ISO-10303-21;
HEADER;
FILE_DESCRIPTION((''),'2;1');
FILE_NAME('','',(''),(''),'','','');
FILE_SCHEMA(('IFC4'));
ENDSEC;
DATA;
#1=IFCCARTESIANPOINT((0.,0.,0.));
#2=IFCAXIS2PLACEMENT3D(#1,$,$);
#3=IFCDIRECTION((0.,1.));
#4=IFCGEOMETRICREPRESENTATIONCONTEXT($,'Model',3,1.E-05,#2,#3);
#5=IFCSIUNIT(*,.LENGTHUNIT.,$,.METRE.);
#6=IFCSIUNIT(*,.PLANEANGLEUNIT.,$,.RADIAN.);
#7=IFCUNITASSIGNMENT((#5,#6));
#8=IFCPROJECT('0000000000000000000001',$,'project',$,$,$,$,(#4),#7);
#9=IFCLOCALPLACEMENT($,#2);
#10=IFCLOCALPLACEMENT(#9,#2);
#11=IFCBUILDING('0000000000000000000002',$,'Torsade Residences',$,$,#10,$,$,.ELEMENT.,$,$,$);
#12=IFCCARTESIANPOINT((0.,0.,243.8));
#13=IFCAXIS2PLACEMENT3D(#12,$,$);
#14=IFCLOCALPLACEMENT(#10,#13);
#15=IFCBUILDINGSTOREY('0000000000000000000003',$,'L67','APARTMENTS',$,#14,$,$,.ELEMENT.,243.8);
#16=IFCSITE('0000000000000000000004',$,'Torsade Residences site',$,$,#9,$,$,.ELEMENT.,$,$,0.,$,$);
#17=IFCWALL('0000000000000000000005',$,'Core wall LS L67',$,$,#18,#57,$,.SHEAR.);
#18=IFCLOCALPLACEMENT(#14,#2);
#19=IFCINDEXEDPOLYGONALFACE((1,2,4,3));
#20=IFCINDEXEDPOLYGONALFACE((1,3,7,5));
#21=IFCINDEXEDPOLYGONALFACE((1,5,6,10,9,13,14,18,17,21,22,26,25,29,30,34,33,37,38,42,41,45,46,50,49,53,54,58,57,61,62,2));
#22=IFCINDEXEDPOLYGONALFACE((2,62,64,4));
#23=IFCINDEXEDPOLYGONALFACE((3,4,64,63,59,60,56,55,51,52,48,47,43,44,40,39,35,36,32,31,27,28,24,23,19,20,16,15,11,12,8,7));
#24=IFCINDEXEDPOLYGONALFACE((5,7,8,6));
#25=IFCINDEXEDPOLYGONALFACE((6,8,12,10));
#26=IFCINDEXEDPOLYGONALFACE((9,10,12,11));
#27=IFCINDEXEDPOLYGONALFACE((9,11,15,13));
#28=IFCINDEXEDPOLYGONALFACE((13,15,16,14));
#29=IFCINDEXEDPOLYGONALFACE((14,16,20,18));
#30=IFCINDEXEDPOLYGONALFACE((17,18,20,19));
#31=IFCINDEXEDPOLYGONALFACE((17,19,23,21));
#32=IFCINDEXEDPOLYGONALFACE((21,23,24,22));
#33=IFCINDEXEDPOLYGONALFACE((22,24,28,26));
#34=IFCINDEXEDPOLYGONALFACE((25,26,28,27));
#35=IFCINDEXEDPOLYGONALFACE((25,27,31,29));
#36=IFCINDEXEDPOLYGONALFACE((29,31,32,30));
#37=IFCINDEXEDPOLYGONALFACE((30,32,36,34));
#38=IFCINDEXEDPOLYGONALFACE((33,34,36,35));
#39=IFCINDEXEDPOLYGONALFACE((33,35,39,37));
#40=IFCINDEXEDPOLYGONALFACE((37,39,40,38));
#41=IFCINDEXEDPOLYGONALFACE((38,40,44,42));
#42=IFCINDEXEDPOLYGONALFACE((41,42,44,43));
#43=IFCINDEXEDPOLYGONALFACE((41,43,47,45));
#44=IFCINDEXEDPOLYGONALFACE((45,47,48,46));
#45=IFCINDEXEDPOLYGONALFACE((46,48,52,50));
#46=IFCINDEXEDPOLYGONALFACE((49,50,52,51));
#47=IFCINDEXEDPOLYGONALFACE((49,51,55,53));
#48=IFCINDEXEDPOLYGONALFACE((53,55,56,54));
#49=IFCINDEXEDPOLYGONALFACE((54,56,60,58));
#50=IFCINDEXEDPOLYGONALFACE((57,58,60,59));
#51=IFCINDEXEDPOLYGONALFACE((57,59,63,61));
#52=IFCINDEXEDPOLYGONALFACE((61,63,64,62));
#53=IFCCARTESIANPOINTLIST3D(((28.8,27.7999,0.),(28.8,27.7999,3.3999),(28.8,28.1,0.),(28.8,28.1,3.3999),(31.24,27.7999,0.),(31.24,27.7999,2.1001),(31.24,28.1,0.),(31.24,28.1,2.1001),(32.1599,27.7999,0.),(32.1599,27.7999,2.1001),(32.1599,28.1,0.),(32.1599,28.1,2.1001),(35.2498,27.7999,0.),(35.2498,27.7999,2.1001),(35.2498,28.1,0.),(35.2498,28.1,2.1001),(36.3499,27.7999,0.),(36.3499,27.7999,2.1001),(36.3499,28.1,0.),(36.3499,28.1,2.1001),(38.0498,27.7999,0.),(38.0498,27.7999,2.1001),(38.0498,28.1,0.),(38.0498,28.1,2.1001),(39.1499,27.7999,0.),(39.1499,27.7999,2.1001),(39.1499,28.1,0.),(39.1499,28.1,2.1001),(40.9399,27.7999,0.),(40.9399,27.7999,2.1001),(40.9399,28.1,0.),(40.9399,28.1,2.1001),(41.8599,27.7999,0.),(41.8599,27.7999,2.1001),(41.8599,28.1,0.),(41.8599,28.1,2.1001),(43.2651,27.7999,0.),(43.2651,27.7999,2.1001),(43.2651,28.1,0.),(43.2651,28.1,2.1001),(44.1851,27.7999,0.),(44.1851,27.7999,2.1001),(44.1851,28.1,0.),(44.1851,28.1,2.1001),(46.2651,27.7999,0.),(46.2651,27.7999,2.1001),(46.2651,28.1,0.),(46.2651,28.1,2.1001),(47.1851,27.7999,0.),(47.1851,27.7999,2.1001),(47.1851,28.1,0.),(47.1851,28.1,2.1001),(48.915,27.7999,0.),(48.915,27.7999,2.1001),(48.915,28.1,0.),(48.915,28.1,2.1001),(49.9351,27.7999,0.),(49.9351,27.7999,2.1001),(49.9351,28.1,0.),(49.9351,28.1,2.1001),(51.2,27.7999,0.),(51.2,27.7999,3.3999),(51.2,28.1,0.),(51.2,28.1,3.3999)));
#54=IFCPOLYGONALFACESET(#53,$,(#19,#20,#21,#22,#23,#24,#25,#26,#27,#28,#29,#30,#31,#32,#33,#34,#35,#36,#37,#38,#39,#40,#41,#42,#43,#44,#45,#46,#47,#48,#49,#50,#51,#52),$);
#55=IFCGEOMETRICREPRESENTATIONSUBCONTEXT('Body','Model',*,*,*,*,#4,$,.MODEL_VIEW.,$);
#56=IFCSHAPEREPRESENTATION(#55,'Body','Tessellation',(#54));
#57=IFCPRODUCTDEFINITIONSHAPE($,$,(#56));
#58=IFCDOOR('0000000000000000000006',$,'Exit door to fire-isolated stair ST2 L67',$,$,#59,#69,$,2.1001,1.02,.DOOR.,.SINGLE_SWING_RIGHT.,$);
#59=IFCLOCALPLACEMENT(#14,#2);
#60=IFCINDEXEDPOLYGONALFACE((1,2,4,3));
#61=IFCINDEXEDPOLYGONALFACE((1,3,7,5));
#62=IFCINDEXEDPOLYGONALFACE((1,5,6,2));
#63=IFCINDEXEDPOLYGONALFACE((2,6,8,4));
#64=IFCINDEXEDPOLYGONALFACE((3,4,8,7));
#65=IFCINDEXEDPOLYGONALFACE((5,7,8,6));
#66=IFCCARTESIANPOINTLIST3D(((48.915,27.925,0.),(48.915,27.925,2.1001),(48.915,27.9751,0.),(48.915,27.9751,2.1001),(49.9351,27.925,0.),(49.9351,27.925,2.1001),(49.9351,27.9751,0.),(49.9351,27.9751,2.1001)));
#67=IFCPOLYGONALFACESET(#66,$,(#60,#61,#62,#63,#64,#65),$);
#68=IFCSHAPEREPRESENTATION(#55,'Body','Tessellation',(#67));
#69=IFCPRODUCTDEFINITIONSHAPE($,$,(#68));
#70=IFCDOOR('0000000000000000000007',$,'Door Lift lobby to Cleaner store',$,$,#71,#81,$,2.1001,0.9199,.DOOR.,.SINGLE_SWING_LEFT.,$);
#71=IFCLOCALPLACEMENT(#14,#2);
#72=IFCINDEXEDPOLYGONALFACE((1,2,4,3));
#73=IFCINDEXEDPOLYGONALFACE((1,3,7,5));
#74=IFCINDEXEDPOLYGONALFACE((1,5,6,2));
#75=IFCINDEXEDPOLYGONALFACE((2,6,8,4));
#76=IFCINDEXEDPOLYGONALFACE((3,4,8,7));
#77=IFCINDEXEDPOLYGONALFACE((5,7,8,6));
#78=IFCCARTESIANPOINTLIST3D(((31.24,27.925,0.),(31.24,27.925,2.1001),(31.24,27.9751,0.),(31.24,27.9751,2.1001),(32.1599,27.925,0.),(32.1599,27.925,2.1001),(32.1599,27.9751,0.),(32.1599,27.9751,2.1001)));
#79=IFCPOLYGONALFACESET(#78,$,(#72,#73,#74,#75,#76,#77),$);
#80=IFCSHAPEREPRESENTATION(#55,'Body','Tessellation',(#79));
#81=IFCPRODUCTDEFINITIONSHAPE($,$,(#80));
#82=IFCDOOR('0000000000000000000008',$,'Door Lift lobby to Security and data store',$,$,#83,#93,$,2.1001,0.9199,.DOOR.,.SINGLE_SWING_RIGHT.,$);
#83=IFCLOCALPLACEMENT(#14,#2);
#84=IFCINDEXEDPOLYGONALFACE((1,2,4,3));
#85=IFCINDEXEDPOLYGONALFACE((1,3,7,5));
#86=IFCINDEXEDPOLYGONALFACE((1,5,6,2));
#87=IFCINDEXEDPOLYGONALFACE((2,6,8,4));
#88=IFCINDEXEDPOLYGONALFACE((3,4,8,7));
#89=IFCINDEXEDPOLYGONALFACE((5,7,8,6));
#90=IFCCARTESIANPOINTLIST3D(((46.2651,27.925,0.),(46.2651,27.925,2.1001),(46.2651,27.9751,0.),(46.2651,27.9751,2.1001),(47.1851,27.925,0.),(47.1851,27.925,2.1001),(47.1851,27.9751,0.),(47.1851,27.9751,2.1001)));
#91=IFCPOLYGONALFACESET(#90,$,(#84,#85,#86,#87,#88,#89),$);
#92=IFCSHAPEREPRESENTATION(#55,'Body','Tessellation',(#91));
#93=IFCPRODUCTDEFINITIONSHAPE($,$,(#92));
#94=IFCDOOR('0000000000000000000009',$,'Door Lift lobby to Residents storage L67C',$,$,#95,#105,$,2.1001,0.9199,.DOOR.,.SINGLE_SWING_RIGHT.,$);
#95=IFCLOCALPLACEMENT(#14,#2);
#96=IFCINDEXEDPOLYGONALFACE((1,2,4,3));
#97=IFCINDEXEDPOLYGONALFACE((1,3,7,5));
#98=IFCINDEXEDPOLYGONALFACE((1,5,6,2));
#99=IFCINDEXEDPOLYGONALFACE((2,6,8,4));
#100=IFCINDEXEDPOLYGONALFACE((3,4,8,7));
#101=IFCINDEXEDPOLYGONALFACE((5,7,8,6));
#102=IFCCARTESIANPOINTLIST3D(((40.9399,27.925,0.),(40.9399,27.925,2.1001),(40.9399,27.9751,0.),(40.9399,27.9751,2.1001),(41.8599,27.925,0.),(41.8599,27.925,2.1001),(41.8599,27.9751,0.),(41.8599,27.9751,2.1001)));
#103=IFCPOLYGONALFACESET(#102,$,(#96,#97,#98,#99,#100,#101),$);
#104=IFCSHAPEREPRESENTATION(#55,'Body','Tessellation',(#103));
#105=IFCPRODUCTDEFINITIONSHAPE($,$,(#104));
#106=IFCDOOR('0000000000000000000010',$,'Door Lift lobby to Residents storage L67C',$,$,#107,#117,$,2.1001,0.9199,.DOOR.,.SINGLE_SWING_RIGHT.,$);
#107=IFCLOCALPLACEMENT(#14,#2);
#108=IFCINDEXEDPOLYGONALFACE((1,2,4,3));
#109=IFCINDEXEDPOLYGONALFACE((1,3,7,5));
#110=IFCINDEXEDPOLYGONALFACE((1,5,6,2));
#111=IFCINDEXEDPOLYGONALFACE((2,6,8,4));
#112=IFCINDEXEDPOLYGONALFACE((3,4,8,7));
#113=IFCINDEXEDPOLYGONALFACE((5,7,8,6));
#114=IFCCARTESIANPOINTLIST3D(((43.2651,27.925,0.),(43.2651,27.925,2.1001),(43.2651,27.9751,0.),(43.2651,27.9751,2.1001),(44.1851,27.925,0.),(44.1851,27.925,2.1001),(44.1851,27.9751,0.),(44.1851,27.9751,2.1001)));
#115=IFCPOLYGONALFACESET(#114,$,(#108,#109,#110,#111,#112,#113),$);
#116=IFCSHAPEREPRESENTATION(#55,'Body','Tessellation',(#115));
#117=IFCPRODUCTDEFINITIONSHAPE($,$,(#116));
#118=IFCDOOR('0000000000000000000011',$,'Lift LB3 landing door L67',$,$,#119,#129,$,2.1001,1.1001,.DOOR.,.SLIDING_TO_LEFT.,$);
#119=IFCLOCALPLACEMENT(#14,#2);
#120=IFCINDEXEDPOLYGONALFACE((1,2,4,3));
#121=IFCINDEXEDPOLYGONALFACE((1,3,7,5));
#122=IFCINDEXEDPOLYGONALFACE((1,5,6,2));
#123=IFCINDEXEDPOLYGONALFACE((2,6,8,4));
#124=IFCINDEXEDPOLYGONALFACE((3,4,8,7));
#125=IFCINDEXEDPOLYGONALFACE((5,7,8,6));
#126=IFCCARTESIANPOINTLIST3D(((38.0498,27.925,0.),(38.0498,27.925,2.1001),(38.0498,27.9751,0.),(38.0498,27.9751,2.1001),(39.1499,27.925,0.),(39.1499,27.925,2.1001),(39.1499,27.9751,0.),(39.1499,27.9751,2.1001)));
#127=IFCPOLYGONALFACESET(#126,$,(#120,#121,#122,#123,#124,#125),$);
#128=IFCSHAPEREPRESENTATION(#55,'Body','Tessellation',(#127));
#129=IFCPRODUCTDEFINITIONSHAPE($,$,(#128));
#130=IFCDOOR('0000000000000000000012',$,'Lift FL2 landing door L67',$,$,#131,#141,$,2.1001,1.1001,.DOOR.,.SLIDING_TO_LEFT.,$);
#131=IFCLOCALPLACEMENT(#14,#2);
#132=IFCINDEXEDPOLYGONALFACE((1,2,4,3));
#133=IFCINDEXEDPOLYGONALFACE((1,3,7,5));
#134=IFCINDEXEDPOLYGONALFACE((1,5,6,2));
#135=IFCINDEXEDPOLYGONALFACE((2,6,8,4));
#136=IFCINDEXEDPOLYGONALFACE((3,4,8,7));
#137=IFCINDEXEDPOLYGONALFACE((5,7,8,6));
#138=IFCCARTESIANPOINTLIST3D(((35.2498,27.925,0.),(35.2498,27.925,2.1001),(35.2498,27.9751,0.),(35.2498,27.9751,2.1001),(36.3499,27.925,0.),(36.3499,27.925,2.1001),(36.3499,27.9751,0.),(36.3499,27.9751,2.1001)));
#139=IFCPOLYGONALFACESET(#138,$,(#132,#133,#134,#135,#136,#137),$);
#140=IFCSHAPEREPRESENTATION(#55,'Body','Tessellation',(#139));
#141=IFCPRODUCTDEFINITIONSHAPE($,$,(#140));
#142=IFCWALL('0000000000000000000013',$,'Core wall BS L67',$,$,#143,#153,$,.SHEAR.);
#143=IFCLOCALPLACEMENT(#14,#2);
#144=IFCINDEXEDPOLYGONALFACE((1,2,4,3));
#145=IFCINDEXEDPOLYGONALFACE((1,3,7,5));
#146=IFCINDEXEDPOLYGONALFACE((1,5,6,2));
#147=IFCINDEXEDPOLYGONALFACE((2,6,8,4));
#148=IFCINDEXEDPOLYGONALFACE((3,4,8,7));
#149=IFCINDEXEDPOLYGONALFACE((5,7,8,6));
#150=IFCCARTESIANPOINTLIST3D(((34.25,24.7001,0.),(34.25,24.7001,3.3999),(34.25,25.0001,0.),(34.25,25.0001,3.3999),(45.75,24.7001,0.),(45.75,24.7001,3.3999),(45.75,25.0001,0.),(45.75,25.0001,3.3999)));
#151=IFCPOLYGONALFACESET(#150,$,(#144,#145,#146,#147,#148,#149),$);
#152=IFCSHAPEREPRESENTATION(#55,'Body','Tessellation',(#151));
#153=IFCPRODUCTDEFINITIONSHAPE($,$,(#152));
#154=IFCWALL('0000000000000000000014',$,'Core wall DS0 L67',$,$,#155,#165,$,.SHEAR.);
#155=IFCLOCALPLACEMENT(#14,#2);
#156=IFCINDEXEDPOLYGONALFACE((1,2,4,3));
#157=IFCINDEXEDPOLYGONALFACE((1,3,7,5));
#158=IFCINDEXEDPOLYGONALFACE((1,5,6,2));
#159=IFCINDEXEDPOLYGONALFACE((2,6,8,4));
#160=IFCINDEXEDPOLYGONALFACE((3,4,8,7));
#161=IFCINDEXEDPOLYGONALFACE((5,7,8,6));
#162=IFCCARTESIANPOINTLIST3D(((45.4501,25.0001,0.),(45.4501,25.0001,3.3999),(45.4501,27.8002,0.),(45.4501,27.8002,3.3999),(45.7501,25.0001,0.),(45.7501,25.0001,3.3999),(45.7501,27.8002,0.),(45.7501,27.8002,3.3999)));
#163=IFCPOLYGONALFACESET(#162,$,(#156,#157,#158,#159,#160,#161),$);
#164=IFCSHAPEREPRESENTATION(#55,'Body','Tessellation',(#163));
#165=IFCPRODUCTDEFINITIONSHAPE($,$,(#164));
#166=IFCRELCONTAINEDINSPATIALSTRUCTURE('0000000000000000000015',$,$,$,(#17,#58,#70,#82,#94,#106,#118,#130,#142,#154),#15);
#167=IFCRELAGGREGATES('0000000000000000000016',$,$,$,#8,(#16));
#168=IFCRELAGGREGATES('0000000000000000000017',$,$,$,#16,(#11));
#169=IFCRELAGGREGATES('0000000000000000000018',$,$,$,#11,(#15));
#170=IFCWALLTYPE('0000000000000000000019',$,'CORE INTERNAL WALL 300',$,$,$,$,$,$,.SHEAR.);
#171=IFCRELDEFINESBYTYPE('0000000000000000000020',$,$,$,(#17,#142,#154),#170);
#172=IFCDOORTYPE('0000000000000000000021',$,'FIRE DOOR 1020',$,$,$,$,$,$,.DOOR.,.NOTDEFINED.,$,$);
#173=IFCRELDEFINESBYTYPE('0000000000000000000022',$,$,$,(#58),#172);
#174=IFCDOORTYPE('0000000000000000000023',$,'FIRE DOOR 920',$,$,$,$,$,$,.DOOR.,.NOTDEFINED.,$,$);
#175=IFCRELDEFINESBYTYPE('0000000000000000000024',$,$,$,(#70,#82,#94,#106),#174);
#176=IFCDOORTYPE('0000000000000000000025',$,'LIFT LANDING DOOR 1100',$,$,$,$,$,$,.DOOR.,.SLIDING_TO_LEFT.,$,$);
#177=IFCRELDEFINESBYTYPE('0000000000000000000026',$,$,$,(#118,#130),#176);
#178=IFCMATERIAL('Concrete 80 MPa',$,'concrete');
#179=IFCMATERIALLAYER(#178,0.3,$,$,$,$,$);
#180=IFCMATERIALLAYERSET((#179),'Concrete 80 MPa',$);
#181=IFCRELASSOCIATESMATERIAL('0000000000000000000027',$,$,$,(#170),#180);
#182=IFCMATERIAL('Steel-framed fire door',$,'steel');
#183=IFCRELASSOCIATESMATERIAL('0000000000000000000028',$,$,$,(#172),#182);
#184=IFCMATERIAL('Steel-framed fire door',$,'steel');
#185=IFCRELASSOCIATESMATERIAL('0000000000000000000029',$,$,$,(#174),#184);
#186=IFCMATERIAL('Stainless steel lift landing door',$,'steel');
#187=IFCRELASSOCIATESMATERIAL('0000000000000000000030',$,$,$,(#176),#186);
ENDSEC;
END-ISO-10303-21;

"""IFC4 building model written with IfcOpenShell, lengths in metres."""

from ifc_helpers import new_model, si_unit, direction, frame, frame_2d, origin, place, context, subcontext, project, spatial, rectangle, extrude, material, layer, layer_set, type_object, element, fill, save


model = new_model("IFC4")

# Units and contexts
model_context = context("Model", 3, precision=1e-05, world=origin(), true_north=direction((0.0, 1.0)))
body_context = subcontext(model_context, "Body", "Model", "MODEL_VIEW")
ifc_project = project(units=[si_unit("LENGTHUNIT", "METRE"), si_unit("PLANEANGLEUNIT", "RADIAN")], contexts=[model_context])

# Site, building, storey
site_placement = place(None, origin())
site = spatial("IfcSite", under=ifc_project, at=site_placement, Name="Torsade Residences site", CompositionType="ELEMENT", RefElevation=0.0)
building_placement = place(site_placement, origin())
building = spatial("IfcBuilding", under=site, at=building_placement, Name="Torsade Residences", CompositionType="ELEMENT")
storey_placement = place(building_placement, frame((0.0, 0.0, 243.8)))
storey = spatial("IfcBuildingStorey", under=building, at=storey_placement, Name="L67", Description="APARTMENTS", CompositionType="ELEMENT", Elevation=243.8)

# Wall, openings, doors
ifc_material_1 = material(Name="Concrete 80 MPa", Category="concrete")
ifc_layer_1 = layer(ifc_material_1, 0.3)
ifc_layer_set_1 = layer_set([ifc_layer_1], Name="Concrete 80 MPa")
wall_type_1 = type_object("IfcWallType", Name="CORE INTERNAL WALL 300", PredefinedType="SHEAR", material=ifc_layer_set_1)
wall_1_placement = place(storey_placement, frame((51.2, 27.95, 0.0), z_axis=(0.0, 0.0, 1.0), x_axis=(-1.0, 0.0, 0.0)))
wall_1 = element("IfcWall", 1, at=wall_1_placement, inside=storey, type_object=wall_type_1, Name="Core wall LS L67", PredefinedType="SHEAR", context=body_context, shape_type="SweptSolid", body=[
    extrude(rectangle(XDim=22.3999, YDim=0.3, at=frame_2d((11.2, 0.0))), origin(), (0.0, 0.0, 1.0), 3.3999),
])
opening_1_placement = place(wall_1_placement, frame((19.04, 0.0, 0.0)))
opening_1 = element("IfcOpeningElement", 2, at=opening_1_placement, cuts=wall_1, PredefinedType="OPENING", context=body_context, shape_type="SweptSolid", body=[
    extrude(rectangle(XDim=0.9199, YDim=2.1001, at=frame_2d((0.46, 1.05))), frame((0.0, 0.1599, 0.0), z_axis=(0.0, -1.0, 0.0), x_axis=(1.0, 0.0, 0.0)), (0.0, 0.0, 1.0), 0.3201),
])
opening_2_placement = place(wall_1_placement, frame((1.2649, 0.0, 0.0)))
opening_2 = element("IfcOpeningElement", 3, at=opening_2_placement, cuts=wall_1, PredefinedType="OPENING", context=body_context, shape_type="SweptSolid", body=[
    extrude(rectangle(XDim=1.02, YDim=2.1001, at=frame_2d((0.51, 1.05))), frame((0.0, 0.1599, 0.0), z_axis=(0.0, -1.0, 0.0), x_axis=(1.0, 0.0, 0.0)), (0.0, 0.0, 1.0), 0.3201),
])
opening_3_placement = place(wall_1_placement, frame((4.0149, 0.0, 0.0)))
opening_3 = element("IfcOpeningElement", 4, at=opening_3_placement, cuts=wall_1, PredefinedType="OPENING", context=body_context, shape_type="SweptSolid", body=[
    extrude(rectangle(XDim=0.9199, YDim=2.1001, at=frame_2d((0.46, 1.05))), frame((0.0, 0.1599, 0.0), z_axis=(0.0, -1.0, 0.0), x_axis=(1.0, 0.0, 0.0)), (0.0, 0.0, 1.0), 0.3201),
])
opening_4_placement = place(wall_1_placement, frame((9.3401, 0.0, 0.0)))
opening_4 = element("IfcOpeningElement", 5, at=opening_4_placement, cuts=wall_1, PredefinedType="OPENING", context=body_context, shape_type="SweptSolid", body=[
    extrude(rectangle(XDim=0.9199, YDim=2.1001, at=frame_2d((0.46, 1.05))), frame((0.0, 0.1599, 0.0), z_axis=(0.0, -1.0, 0.0), x_axis=(1.0, 0.0, 0.0)), (0.0, 0.0, 1.0), 0.3201),
])
opening_5_placement = place(wall_1_placement, frame((7.0149, 0.0, 0.0)))
opening_5 = element("IfcOpeningElement", 6, at=opening_5_placement, cuts=wall_1, PredefinedType="OPENING", context=body_context, shape_type="SweptSolid", body=[
    extrude(rectangle(XDim=0.9199, YDim=2.1001, at=frame_2d((0.46, 1.05))), frame((0.0, 0.1599, 0.0), z_axis=(0.0, -1.0, 0.0), x_axis=(1.0, 0.0, 0.0)), (0.0, 0.0, 1.0), 0.3201),
])
opening_6_placement = place(wall_1_placement, frame((12.05, 0.0, 0.0)))
opening_6 = element("IfcOpeningElement", 7, at=opening_6_placement, cuts=wall_1, PredefinedType="OPENING", context=body_context, shape_type="SweptSolid", body=[
    extrude(rectangle(XDim=1.1001, YDim=2.1001, at=frame_2d((0.55, 1.05))), frame((0.0, 0.1599, 0.0), z_axis=(0.0, -1.0, 0.0), x_axis=(1.0, 0.0, 0.0)), (0.0, 0.0, 1.0), 0.3201),
])
opening_7_placement = place(wall_1_placement, frame((14.8501, 0.0, 0.0)))
opening_7 = element("IfcOpeningElement", 8, at=opening_7_placement, cuts=wall_1, PredefinedType="OPENING", context=body_context, shape_type="SweptSolid", body=[
    extrude(rectangle(XDim=1.1001, YDim=2.1001, at=frame_2d((0.55, 1.05))), frame((0.0, 0.1599, 0.0), z_axis=(0.0, -1.0, 0.0), x_axis=(1.0, 0.0, 0.0)), (0.0, 0.0, 1.0), 0.3201),
])
ifc_material_2 = material(Name="Steel-framed fire door", Category="steel")
door_type_1 = type_object("IfcDoorType", Name="FIRE DOOR 1020", OperationType="NOTDEFINED", PredefinedType="DOOR", material=ifc_material_2)
door_1_placement = place(opening_2_placement, origin())
door_1 = element("IfcDoor", 9, at=door_1_placement, inside=storey, type_object=door_type_1, Name="Exit door to fire-isolated stair ST2 L67", OperationType="SINGLE_SWING_RIGHT", OverallHeight=2.1001, OverallWidth=1.02, PredefinedType="DOOR", context=body_context, shape_type="SweptSolid", body=[
    extrude(rectangle(XDim=1.02, YDim=2.1001, at=frame_2d((0.51, 1.05))), frame((0.0, 0.0249, 0.0), z_axis=(0.0, -1.0, 0.0), x_axis=(1.0, 0.0, 0.0)), (0.0, 0.0, 1.0), 0.05),
])
fill(opening_2, door_1)
ifc_material_3 = material(Name="Steel-framed fire door", Category="steel")
door_type_2 = type_object("IfcDoorType", Name="FIRE DOOR 920", OperationType="NOTDEFINED", PredefinedType="DOOR", material=ifc_material_3)
door_2_placement = place(opening_1_placement, origin())
door_2 = element("IfcDoor", 10, at=door_2_placement, inside=storey, type_object=door_type_2, Name="Door Lift lobby to Cleaner store", OperationType="SINGLE_SWING_LEFT", OverallHeight=2.1001, OverallWidth=0.9199, PredefinedType="DOOR", context=body_context, shape_type="SweptSolid", body=[
    extrude(rectangle(XDim=0.9199, YDim=2.1001, at=frame_2d((0.46, 1.05))), frame((0.0, 0.0249, 0.0), z_axis=(0.0, -1.0, 0.0), x_axis=(1.0, 0.0, 0.0)), (0.0, 0.0, 1.0), 0.05),
])
fill(opening_1, door_2)
door_3_placement = place(opening_3_placement, origin())
door_3 = element("IfcDoor", 11, at=door_3_placement, inside=storey, type_object=door_type_2, Name="Door Lift lobby to Security and data store", OperationType="SINGLE_SWING_RIGHT", OverallHeight=2.1001, OverallWidth=0.9199, PredefinedType="DOOR", context=body_context, shape_type="SweptSolid", body=[
    extrude(rectangle(XDim=0.9199, YDim=2.1001, at=frame_2d((0.46, 1.05))), frame((0.0, 0.0249, 0.0), z_axis=(0.0, -1.0, 0.0), x_axis=(1.0, 0.0, 0.0)), (0.0, 0.0, 1.0), 0.05),
])
fill(opening_3, door_3)
door_4_placement = place(opening_4_placement, origin())
door_4 = element("IfcDoor", 12, at=door_4_placement, inside=storey, type_object=door_type_2, Name="Door Lift lobby to Residents storage L67C", OperationType="SINGLE_SWING_RIGHT", OverallHeight=2.1001, OverallWidth=0.9199, PredefinedType="DOOR", context=body_context, shape_type="SweptSolid", body=[
    extrude(rectangle(XDim=0.9199, YDim=2.1001, at=frame_2d((0.46, 1.05))), frame((0.0, 0.0249, 0.0), z_axis=(0.0, -1.0, 0.0), x_axis=(1.0, 0.0, 0.0)), (0.0, 0.0, 1.0), 0.05),
])
fill(opening_4, door_4)
door_5_placement = place(opening_5_placement, origin())
door_5 = element("IfcDoor", 13, at=door_5_placement, inside=storey, type_object=door_type_2, Name="Door Lift lobby to Residents storage L67C", OperationType="SINGLE_SWING_RIGHT", OverallHeight=2.1001, OverallWidth=0.9199, PredefinedType="DOOR", context=body_context, shape_type="SweptSolid", body=[
    extrude(rectangle(XDim=0.9199, YDim=2.1001, at=frame_2d((0.46, 1.05))), frame((0.0, 0.0249, 0.0), z_axis=(0.0, -1.0, 0.0), x_axis=(1.0, 0.0, 0.0)), (0.0, 0.0, 1.0), 0.05),
])
fill(opening_5, door_5)
ifc_material_4 = material(Name="Stainless steel lift landing door", Category="steel")
door_type_3 = type_object("IfcDoorType", Name="LIFT LANDING DOOR 1100", OperationType="SLIDING_TO_LEFT", PredefinedType="DOOR", material=ifc_material_4)
door_6_placement = place(opening_6_placement, origin())
door_6 = element("IfcDoor", 14, at=door_6_placement, inside=storey, type_object=door_type_3, Name="Lift LB3 landing door L67", OperationType="SLIDING_TO_LEFT", OverallHeight=2.1001, OverallWidth=1.1001, PredefinedType="DOOR", context=body_context, shape_type="SweptSolid", body=[
    extrude(rectangle(XDim=1.1001, YDim=2.1001, at=frame_2d((0.55, 1.05))), frame((0.0, 0.0249, 0.0), z_axis=(0.0, -1.0, 0.0), x_axis=(1.0, 0.0, 0.0)), (0.0, 0.0, 1.0), 0.05),
])
fill(opening_6, door_6)
door_7_placement = place(opening_7_placement, origin())
door_7 = element("IfcDoor", 15, at=door_7_placement, inside=storey, type_object=door_type_3, Name="Lift FL2 landing door L67", OperationType="SLIDING_TO_LEFT", OverallHeight=2.1001, OverallWidth=1.1001, PredefinedType="DOOR", context=body_context, shape_type="SweptSolid", body=[
    extrude(rectangle(XDim=1.1001, YDim=2.1001, at=frame_2d((0.55, 1.05))), frame((0.0, 0.0249, 0.0), z_axis=(0.0, -1.0, 0.0), x_axis=(1.0, 0.0, 0.0)), (0.0, 0.0, 1.0), 0.05),
])
fill(opening_7, door_7)

# Walls
wall_2_placement = place(storey_placement, frame((45.75, 24.8501, 0.0), z_axis=(0.0, 0.0, 1.0), x_axis=(-1.0, 0.0, 0.0)))
element("IfcWall", 16, at=wall_2_placement, inside=storey, type_object=wall_type_1, Name="Core wall BS L67", PredefinedType="SHEAR", context=body_context, shape_type="SweptSolid", body=[
    extrude(rectangle(XDim=11.5, YDim=0.3, at=frame_2d((5.75, 0.0))), origin(), (0.0, 0.0, 1.0), 3.3999),
])
wall_3_placement = place(storey_placement, frame((45.6001, 27.8, 0.0), z_axis=(0.0, 0.0, 1.0), x_axis=(0.0, -1.0, 0.0)))
element("IfcWall", 17, at=wall_3_placement, inside=storey, type_object=wall_type_1, Name="Core wall DS0 L67", PredefinedType="SHEAR", context=body_context, shape_type="SweptSolid", body=[
    extrude(rectangle(XDim=2.8, YDim=0.3, at=frame_2d((1.3999, 0.0))), origin(), (0.0, 0.0, 1.0), 3.3999),
])

save(model, "model.ifc")
